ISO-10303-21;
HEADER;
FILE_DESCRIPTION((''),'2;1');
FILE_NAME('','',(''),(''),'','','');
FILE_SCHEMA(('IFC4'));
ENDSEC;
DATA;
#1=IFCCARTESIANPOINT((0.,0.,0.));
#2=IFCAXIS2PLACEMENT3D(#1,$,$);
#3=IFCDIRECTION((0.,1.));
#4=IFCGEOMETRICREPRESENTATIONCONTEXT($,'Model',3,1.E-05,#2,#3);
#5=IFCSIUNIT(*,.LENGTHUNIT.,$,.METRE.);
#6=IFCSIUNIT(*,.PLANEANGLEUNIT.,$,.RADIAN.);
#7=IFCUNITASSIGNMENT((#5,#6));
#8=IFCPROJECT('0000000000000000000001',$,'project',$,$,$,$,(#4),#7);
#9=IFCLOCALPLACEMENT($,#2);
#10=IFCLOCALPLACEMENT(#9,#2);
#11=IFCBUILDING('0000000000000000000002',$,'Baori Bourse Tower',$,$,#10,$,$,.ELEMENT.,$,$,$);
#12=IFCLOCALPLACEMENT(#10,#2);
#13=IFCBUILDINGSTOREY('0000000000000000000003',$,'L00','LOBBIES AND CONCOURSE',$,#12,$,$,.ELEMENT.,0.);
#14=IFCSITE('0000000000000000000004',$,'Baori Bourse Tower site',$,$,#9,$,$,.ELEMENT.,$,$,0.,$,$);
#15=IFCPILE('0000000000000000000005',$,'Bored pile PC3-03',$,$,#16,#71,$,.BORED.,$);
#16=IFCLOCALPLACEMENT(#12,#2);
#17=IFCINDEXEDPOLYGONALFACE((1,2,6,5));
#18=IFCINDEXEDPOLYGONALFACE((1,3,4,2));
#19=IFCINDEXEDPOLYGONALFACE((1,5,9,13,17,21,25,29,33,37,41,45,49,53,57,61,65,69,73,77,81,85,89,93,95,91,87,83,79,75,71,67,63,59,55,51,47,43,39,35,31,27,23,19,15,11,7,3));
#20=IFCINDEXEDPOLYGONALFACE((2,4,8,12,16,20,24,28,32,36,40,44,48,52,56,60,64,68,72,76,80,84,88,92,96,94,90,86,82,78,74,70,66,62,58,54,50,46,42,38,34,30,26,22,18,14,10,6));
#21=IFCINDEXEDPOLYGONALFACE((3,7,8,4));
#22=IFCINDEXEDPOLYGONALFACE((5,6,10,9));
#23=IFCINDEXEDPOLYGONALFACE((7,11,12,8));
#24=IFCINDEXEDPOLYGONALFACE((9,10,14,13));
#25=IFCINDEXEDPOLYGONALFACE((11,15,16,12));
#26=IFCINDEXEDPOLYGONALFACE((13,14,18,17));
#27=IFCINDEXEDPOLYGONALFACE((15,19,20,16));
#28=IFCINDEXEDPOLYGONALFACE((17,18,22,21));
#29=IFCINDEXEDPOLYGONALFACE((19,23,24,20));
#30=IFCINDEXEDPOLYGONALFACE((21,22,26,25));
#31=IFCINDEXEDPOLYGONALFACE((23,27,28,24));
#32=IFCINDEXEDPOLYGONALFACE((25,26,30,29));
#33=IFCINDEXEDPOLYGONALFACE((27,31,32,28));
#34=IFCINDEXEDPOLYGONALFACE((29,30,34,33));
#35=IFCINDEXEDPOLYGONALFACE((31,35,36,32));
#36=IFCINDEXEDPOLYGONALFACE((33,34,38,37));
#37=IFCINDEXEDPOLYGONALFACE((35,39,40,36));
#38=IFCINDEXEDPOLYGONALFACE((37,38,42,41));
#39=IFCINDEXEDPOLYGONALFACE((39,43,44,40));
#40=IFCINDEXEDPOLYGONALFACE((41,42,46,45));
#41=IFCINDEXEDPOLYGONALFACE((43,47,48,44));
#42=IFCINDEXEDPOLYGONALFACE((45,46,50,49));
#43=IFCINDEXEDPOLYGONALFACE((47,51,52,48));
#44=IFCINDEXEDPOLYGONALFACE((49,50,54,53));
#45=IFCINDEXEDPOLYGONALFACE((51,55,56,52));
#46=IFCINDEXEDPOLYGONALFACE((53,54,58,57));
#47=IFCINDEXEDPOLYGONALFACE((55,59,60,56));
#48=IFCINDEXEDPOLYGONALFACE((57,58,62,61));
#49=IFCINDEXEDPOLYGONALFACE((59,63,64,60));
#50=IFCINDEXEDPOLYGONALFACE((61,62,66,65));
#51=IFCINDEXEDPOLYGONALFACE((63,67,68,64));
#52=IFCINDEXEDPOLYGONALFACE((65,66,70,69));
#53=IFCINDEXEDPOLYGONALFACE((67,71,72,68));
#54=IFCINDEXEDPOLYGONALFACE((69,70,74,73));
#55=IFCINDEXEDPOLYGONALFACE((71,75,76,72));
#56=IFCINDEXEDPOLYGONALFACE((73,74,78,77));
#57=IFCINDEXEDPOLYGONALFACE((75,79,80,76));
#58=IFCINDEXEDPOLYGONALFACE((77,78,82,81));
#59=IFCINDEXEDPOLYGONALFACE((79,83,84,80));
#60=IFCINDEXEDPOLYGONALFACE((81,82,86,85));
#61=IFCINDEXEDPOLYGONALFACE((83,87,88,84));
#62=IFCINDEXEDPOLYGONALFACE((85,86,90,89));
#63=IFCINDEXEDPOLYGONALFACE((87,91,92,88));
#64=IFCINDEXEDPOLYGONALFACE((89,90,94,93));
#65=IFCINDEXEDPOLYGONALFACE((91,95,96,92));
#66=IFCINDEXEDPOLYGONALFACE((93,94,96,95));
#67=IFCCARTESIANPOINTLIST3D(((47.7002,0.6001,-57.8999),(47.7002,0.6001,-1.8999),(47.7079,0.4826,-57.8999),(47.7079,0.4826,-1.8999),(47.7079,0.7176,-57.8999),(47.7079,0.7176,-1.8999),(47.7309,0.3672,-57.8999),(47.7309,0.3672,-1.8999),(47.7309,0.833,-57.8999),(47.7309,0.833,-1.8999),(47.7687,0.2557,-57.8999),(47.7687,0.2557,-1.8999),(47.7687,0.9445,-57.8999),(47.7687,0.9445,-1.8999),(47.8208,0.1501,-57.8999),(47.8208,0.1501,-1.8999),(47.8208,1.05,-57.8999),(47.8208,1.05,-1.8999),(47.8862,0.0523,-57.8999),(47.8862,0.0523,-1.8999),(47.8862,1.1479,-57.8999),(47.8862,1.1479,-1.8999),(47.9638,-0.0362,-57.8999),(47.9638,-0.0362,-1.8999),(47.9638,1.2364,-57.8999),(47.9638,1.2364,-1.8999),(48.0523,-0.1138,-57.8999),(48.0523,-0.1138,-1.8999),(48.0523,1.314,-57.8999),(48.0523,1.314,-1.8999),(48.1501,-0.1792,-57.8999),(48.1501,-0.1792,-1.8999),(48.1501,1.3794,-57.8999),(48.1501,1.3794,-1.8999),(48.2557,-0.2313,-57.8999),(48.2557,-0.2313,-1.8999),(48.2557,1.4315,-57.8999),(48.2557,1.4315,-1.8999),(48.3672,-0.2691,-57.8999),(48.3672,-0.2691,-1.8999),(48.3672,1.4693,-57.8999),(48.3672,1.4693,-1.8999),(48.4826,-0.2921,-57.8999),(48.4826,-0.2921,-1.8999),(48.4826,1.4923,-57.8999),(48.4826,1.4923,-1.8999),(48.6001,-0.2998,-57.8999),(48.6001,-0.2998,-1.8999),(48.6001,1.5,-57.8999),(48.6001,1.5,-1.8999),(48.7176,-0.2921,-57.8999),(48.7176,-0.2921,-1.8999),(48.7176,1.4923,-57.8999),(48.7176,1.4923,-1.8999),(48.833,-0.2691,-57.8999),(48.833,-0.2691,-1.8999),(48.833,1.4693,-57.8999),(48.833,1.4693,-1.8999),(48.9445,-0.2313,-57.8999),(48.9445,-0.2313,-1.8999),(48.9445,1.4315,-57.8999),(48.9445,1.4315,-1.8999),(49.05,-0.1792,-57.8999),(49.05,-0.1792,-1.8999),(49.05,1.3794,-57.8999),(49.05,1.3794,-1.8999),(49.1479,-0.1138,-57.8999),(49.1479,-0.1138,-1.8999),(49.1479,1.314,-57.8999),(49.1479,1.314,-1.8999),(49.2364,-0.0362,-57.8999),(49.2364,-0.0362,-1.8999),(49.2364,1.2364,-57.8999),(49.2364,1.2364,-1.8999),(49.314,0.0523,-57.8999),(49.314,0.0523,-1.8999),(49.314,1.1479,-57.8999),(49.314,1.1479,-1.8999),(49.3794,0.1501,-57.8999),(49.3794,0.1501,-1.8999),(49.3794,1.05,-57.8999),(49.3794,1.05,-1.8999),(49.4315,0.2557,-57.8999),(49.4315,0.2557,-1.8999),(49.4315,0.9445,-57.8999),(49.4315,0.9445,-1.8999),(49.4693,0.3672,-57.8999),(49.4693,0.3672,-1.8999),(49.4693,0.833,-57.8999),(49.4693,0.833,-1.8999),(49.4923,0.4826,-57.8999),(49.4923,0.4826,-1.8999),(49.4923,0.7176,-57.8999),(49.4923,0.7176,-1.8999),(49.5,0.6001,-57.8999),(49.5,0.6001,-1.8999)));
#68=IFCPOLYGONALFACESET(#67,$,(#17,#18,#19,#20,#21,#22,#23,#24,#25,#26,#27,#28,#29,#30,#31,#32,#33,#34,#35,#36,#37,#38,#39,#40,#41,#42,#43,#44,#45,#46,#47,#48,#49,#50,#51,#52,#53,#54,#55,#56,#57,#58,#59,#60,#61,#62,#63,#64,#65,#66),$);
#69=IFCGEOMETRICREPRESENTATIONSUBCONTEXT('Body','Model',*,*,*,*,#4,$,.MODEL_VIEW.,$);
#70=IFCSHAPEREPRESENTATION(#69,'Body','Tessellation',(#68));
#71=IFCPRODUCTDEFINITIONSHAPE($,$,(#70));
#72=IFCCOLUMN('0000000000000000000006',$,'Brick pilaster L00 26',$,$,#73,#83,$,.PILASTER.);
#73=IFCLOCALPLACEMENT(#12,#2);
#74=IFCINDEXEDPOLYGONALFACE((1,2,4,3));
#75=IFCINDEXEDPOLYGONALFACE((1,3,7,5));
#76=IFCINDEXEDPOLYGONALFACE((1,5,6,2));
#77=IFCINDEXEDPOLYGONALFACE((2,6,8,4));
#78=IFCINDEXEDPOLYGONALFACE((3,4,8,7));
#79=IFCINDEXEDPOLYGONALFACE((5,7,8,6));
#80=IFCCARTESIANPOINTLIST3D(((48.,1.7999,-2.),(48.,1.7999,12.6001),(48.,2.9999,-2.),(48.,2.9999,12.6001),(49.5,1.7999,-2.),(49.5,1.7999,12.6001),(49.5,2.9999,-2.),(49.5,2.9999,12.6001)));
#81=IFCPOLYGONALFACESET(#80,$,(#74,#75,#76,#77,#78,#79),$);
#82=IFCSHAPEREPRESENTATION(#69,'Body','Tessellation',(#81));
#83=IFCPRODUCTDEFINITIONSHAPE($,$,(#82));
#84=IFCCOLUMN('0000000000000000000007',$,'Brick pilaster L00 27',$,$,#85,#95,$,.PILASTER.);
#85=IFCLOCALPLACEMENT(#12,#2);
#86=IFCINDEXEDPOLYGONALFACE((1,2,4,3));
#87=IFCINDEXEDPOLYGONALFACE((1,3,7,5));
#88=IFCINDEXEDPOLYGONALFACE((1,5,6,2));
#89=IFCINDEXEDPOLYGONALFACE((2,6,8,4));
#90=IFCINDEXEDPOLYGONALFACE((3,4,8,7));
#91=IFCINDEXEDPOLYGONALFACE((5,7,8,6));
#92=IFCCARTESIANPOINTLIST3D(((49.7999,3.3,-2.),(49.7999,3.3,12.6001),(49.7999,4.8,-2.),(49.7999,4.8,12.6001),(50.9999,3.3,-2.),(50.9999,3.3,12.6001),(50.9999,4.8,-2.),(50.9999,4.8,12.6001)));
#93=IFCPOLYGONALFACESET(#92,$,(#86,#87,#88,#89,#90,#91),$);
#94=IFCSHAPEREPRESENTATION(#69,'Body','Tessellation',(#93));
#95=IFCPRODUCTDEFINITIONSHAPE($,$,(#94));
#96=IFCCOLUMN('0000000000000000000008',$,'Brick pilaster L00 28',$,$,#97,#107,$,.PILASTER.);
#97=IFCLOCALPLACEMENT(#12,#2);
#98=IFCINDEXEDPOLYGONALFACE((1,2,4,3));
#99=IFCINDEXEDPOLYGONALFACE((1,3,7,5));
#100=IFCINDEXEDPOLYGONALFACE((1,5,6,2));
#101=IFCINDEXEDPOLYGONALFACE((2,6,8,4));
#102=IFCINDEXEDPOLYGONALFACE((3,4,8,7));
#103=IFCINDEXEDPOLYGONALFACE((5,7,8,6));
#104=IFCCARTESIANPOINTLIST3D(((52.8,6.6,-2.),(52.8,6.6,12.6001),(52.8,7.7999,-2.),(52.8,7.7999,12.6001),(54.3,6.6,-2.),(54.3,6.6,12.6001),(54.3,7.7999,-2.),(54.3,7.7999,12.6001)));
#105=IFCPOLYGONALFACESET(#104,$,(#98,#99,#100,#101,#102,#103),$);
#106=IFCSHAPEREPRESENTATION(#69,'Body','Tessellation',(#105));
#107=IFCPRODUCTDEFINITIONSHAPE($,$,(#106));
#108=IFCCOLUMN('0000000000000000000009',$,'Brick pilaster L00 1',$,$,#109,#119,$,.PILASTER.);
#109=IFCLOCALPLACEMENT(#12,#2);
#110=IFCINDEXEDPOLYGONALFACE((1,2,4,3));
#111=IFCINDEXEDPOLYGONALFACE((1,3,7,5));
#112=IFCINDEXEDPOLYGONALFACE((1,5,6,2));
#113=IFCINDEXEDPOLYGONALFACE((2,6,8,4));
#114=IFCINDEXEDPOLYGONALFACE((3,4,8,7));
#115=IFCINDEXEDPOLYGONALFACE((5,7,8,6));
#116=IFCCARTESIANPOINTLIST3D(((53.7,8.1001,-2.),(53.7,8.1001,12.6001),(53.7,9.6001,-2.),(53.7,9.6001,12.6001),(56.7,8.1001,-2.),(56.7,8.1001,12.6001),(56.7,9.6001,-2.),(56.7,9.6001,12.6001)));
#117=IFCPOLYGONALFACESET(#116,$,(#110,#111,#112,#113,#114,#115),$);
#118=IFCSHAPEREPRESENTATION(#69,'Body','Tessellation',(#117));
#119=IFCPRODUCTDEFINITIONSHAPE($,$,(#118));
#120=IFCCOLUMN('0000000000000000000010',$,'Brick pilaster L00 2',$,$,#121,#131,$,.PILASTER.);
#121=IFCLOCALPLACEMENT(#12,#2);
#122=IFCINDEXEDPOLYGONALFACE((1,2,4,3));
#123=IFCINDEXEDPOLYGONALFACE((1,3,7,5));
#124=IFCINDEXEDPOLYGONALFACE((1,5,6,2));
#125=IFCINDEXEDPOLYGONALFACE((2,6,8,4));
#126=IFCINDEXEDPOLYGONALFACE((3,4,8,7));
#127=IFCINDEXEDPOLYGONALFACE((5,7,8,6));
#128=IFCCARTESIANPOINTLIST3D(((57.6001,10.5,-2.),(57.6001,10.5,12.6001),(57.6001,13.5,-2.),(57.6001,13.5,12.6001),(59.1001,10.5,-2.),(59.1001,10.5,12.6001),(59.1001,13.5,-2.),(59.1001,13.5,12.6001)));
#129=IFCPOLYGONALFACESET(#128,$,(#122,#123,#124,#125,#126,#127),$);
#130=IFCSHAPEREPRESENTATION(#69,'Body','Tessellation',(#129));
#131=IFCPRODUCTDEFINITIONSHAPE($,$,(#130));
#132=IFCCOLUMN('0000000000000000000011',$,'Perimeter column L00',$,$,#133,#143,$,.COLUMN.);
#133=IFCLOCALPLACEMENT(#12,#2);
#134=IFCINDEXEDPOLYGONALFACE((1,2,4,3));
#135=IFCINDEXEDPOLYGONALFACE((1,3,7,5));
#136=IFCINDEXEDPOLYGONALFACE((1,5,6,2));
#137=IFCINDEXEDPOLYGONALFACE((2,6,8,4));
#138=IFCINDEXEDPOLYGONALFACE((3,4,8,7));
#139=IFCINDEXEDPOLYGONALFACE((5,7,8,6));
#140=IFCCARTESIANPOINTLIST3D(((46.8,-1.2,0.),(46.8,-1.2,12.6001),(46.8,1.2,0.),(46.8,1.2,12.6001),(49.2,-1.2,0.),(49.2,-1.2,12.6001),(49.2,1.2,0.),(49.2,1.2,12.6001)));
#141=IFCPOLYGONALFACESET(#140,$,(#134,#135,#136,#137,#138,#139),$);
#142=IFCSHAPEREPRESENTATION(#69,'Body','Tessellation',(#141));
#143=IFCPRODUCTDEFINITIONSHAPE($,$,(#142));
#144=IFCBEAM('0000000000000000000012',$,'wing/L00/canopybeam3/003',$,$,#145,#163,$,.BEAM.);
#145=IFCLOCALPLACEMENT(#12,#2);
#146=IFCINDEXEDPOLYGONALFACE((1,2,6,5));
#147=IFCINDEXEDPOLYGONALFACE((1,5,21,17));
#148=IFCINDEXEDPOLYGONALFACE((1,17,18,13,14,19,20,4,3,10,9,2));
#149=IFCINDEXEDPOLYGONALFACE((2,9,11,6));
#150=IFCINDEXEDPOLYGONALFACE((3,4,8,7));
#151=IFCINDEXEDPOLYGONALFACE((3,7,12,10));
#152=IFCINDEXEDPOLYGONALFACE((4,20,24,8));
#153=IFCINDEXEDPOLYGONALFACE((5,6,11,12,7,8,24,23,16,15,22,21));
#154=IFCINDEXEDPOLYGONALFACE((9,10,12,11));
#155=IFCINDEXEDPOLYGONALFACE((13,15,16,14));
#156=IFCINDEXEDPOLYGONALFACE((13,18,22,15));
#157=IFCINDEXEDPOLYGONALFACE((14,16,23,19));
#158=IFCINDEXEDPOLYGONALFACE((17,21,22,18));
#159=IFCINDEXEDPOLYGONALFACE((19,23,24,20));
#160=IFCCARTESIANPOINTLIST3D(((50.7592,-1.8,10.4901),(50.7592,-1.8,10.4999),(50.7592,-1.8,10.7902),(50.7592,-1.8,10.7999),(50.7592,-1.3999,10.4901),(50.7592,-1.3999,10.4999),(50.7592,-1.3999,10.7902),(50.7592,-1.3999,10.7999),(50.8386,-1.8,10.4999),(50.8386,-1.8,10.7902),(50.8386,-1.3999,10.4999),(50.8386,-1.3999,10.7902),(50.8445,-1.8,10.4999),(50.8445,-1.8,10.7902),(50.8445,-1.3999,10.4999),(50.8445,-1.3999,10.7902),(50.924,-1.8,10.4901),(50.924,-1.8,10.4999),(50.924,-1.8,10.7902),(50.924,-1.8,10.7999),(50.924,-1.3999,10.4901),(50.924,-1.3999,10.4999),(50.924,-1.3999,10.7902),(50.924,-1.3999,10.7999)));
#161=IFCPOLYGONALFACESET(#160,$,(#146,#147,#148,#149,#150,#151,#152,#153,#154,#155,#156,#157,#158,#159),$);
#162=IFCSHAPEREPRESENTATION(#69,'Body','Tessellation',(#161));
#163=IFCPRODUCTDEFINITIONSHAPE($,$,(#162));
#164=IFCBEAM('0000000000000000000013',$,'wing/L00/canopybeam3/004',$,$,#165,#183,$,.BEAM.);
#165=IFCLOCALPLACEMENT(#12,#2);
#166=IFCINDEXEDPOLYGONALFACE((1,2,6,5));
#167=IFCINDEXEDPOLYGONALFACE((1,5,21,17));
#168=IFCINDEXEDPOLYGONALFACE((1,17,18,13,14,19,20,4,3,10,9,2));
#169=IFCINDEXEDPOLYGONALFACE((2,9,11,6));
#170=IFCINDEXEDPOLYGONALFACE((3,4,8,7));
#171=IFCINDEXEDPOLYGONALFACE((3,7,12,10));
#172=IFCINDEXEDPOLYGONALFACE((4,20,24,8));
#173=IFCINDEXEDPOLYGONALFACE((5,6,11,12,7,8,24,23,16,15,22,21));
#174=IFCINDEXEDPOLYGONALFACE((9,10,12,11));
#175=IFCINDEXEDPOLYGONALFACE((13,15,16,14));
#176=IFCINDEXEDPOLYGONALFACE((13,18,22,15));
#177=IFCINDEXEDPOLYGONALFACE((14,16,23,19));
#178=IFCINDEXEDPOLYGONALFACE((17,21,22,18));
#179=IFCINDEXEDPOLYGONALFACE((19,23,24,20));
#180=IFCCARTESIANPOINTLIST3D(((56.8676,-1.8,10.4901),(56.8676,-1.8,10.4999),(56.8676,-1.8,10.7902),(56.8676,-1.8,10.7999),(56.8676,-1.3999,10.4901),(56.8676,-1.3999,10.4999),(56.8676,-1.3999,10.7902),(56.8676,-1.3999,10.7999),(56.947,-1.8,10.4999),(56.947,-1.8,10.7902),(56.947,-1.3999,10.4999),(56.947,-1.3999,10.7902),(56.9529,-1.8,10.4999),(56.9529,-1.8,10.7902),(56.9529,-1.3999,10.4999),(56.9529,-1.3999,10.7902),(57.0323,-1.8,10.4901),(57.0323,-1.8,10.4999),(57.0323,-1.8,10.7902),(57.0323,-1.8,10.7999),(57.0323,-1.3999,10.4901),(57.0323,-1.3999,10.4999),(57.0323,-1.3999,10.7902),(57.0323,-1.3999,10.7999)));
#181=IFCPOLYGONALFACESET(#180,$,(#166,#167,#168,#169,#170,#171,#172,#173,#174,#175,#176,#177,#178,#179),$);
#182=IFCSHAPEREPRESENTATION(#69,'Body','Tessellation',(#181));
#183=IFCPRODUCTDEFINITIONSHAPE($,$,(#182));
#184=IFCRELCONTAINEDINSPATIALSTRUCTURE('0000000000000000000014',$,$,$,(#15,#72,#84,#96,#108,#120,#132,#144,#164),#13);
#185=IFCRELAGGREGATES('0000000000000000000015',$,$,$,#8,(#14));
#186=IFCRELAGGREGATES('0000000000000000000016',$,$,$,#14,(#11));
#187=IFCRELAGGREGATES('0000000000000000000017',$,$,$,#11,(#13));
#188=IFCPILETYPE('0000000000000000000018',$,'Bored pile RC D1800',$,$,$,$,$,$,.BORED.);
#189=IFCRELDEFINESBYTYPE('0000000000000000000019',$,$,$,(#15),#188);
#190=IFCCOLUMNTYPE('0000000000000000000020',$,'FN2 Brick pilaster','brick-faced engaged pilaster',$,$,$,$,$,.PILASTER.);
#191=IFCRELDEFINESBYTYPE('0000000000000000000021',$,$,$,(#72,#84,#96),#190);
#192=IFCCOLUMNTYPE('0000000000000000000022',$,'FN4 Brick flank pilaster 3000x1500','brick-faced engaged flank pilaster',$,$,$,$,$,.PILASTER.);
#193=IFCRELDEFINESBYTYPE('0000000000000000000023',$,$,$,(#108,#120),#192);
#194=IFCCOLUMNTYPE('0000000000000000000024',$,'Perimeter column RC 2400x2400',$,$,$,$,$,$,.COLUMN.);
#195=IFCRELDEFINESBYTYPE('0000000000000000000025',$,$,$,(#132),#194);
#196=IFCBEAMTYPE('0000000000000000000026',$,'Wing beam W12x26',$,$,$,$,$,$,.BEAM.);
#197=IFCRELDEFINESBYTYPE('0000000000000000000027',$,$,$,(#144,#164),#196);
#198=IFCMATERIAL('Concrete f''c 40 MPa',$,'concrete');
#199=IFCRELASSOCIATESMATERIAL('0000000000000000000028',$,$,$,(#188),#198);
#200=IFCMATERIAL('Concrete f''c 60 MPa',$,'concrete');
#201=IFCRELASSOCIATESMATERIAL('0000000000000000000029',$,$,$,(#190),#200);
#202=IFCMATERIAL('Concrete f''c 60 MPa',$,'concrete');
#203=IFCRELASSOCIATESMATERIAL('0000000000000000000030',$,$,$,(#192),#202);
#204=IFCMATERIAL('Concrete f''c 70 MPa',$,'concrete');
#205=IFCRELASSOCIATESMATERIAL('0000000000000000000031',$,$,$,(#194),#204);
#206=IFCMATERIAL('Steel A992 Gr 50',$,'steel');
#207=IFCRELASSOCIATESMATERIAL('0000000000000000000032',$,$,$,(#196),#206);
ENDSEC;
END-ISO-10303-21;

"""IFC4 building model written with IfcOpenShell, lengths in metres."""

from ifc_helpers import new_model, si_unit, direction, frame, origin, origin_2d, place, context, subcontext, project, spatial, rectangle, circle, i_section, extrude, material, material_profile, profile_set, type_object, element, save


model = new_model("IFC4")

# Units and contexts
model_context = context("Model", 3, precision=1e-05, world=origin(), true_north=direction((0.0, 1.0)))
body_context = subcontext(model_context, "Body", "Model", "MODEL_VIEW")
ifc_project = project(units=[si_unit("LENGTHUNIT", "METRE"), si_unit("PLANEANGLEUNIT", "RADIAN")], contexts=[model_context])

# Site, building, storey
site_placement = place(None, origin())
site = spatial("IfcSite", under=ifc_project, at=site_placement, Name="Baori Bourse Tower site", CompositionType="ELEMENT", RefElevation=0.0)
building_placement = place(site_placement, origin())
building = spatial("IfcBuilding", under=site, at=building_placement, Name="Baori Bourse Tower", CompositionType="ELEMENT")
storey_placement = place(building_placement, origin())
storey = spatial("IfcBuildingStorey", under=building, at=storey_placement, Name="L00", Description="LOBBIES AND CONCOURSE", CompositionType="ELEMENT", Elevation=0.0)

# Pile
ifc_material_1 = material(Name="Concrete f'c 40 MPa", Category="concrete")
ifc_material_profile_1 = material_profile(ifc_material_1, circle(Radius=0.8999, at=origin_2d()), Name="RC D1800")
ifc_profile_set_1 = profile_set([ifc_material_profile_1], Name="Concrete f'c 40 MPa")
pile_type = type_object("IfcPileType", Name="Bored pile RC D1800", PredefinedType="BORED", material=ifc_profile_set_1)
pile_placement = place(storey_placement, frame((48.6001, 0.6001, -1.8999), z_axis=(0.0, 0.0, -1.0), x_axis=(1.0, 0.0, 0.0)))
element("IfcPile", 1, at=pile_placement, inside=storey, type_object=pile_type, Name="Bored pile PC3-03", PredefinedType="BORED", context=body_context, shape_type="SweptSolid", body=[
    extrude(circle(Radius=0.8999, at=origin_2d()), origin(), (0.0, 0.0, 1.0), 56.0),
])

# Columns
ifc_material_2 = material(Name="Concrete f'c 60 MPa", Category="concrete")
ifc_material_profile_2 = material_profile(ifc_material_2, rectangle(XDim=1.2, YDim=1.5, at=origin_2d()), Name="RC 1200x1500")
ifc_profile_set_2 = profile_set([ifc_material_profile_2], Name="Concrete f'c 60 MPa")
column_type_1 = type_object("IfcColumnType", Name="FN2 Brick pilaster", Description="brick-faced engaged pilaster", PredefinedType="PILASTER", material=ifc_profile_set_2)
for number, where, z_axis, x_axis, name in (
    (2, (48.75, 2.3999, -2.0), (0.0, 0.0, 1.0), (0.0, 1.0, 0.0), "Brick pilaster L00 26"),
    (3, (50.3999, 4.05, -2.0), (0.0, 0.0, 1.0), (1.0, 0.0, 0.0), "Brick pilaster L00 27"),
    (4, (53.55, 7.2, -2.0), (0.0, 0.0, 1.0), (0.0, 1.0, 0.0), "Brick pilaster L00 28"),
):
    element("IfcColumn", number, at=place(storey_placement, frame(where, z_axis=z_axis, x_axis=x_axis)), inside=storey, type_object=column_type_1, Name=name, PredefinedType="PILASTER", context=body_context, shape_type="SweptSolid", body=[
        extrude(rectangle(XDim=1.2, YDim=1.5, at=origin_2d()), origin(), (0.0, 0.0, 1.0), 14.6001),
    ])
ifc_material_3 = material(Name="Concrete f'c 60 MPa", Category="concrete")
ifc_material_profile_3 = material_profile(ifc_material_3, rectangle(XDim=3.0, YDim=1.5, at=origin_2d()), Name="RC 3000x1500")
ifc_profile_set_3 = profile_set([ifc_material_profile_3], Name="Concrete f'c 60 MPa")
column_type_2 = type_object("IfcColumnType", Name="FN4 Brick flank pilaster 3000x1500", Description="brick-faced engaged flank pilaster", PredefinedType="PILASTER", material=ifc_profile_set_3)
for number, where, z_axis, x_axis, name in (
    (5, (55.2, 8.8501, -2.0), (0.0, 0.0, 1.0), (1.0, 0.0, 0.0), "Brick pilaster L00 1"),
    (6, (58.3501, 12.0, -2.0), (0.0, 0.0, 1.0), (0.0, 1.0, 0.0), "Brick pilaster L00 2"),
):
    element("IfcColumn", number, at=place(storey_placement, frame(where, z_axis=z_axis, x_axis=x_axis)), inside=storey, type_object=column_type_2, Name=name, PredefinedType="PILASTER", context=body_context, shape_type="SweptSolid", body=[
        extrude(rectangle(XDim=3.0, YDim=1.5, at=origin_2d()), origin(), (0.0, 0.0, 1.0), 14.6001),
    ])
ifc_material_4 = material(Name="Concrete f'c 70 MPa", Category="concrete")
ifc_material_profile_4 = material_profile(ifc_material_4, rectangle(XDim=2.3999, YDim=2.3999, at=origin_2d()), Name="RC 2400x2400")
ifc_profile_set_4 = profile_set([ifc_material_profile_4], Name="Concrete f'c 70 MPa")
column_type_3 = type_object("IfcColumnType", Name="Perimeter column RC 2400x2400", PredefinedType="COLUMN", material=ifc_profile_set_4)
column_placement = place(storey_placement, frame((48.0, 0.0, 0.0), z_axis=(0.0, 0.0, 1.0), x_axis=(1.0, 0.0, 0.0)))
element("IfcColumn", 7, at=column_placement, inside=storey, type_object=column_type_3, Name="Perimeter column L00", PredefinedType="COLUMN", context=body_context, shape_type="SweptSolid", body=[
    extrude(rectangle(XDim=2.3999, YDim=2.3999, at=origin_2d()), origin(), (0.0, 0.0, 1.0), 12.6001),
])

# Beams
ifc_material_5 = material(Name="Steel A992 Gr 50", Category="steel")
ifc_material_profile_5 = material_profile(ifc_material_5, i_section(OverallWidth=0.1648, OverallDepth=0.3098, WebThickness=0.0059, FlangeThickness=0.0098, at=origin_2d()), Name="W12x26")
ifc_profile_set_5 = profile_set([ifc_material_profile_5], Name="Steel A992 Gr 50")
beam_type = type_object("IfcBeamType", Name="Wing beam W12x26", PredefinedType="BEAM", material=ifc_profile_set_5)
for number, where, z_axis, x_axis, name in (
    (8, (50.8416, -1.8, 10.645), (0.0, 1.0, 0.0), (-1.0, 0.0, 0.0), "wing/L00/canopybeam3/003"),
    (9, (56.95, -1.8, 10.645), (0.0, 1.0, 0.0), (-1.0, 0.0, 0.0), "wing/L00/canopybeam3/004"),
):
    element("IfcBeam", number, at=place(storey_placement, frame(where, z_axis=z_axis, x_axis=x_axis)), inside=storey, type_object=beam_type, Name=name, PredefinedType="BEAM", context=body_context, shape_type="SweptSolid", body=[
        extrude(i_section(OverallWidth=0.1648, OverallDepth=0.3098, WebThickness=0.0059, FlangeThickness=0.0098, at=origin_2d()), origin(), (0.0, 0.0, 1.0), 0.4001),
    ])

save(model, "model.ifc")
